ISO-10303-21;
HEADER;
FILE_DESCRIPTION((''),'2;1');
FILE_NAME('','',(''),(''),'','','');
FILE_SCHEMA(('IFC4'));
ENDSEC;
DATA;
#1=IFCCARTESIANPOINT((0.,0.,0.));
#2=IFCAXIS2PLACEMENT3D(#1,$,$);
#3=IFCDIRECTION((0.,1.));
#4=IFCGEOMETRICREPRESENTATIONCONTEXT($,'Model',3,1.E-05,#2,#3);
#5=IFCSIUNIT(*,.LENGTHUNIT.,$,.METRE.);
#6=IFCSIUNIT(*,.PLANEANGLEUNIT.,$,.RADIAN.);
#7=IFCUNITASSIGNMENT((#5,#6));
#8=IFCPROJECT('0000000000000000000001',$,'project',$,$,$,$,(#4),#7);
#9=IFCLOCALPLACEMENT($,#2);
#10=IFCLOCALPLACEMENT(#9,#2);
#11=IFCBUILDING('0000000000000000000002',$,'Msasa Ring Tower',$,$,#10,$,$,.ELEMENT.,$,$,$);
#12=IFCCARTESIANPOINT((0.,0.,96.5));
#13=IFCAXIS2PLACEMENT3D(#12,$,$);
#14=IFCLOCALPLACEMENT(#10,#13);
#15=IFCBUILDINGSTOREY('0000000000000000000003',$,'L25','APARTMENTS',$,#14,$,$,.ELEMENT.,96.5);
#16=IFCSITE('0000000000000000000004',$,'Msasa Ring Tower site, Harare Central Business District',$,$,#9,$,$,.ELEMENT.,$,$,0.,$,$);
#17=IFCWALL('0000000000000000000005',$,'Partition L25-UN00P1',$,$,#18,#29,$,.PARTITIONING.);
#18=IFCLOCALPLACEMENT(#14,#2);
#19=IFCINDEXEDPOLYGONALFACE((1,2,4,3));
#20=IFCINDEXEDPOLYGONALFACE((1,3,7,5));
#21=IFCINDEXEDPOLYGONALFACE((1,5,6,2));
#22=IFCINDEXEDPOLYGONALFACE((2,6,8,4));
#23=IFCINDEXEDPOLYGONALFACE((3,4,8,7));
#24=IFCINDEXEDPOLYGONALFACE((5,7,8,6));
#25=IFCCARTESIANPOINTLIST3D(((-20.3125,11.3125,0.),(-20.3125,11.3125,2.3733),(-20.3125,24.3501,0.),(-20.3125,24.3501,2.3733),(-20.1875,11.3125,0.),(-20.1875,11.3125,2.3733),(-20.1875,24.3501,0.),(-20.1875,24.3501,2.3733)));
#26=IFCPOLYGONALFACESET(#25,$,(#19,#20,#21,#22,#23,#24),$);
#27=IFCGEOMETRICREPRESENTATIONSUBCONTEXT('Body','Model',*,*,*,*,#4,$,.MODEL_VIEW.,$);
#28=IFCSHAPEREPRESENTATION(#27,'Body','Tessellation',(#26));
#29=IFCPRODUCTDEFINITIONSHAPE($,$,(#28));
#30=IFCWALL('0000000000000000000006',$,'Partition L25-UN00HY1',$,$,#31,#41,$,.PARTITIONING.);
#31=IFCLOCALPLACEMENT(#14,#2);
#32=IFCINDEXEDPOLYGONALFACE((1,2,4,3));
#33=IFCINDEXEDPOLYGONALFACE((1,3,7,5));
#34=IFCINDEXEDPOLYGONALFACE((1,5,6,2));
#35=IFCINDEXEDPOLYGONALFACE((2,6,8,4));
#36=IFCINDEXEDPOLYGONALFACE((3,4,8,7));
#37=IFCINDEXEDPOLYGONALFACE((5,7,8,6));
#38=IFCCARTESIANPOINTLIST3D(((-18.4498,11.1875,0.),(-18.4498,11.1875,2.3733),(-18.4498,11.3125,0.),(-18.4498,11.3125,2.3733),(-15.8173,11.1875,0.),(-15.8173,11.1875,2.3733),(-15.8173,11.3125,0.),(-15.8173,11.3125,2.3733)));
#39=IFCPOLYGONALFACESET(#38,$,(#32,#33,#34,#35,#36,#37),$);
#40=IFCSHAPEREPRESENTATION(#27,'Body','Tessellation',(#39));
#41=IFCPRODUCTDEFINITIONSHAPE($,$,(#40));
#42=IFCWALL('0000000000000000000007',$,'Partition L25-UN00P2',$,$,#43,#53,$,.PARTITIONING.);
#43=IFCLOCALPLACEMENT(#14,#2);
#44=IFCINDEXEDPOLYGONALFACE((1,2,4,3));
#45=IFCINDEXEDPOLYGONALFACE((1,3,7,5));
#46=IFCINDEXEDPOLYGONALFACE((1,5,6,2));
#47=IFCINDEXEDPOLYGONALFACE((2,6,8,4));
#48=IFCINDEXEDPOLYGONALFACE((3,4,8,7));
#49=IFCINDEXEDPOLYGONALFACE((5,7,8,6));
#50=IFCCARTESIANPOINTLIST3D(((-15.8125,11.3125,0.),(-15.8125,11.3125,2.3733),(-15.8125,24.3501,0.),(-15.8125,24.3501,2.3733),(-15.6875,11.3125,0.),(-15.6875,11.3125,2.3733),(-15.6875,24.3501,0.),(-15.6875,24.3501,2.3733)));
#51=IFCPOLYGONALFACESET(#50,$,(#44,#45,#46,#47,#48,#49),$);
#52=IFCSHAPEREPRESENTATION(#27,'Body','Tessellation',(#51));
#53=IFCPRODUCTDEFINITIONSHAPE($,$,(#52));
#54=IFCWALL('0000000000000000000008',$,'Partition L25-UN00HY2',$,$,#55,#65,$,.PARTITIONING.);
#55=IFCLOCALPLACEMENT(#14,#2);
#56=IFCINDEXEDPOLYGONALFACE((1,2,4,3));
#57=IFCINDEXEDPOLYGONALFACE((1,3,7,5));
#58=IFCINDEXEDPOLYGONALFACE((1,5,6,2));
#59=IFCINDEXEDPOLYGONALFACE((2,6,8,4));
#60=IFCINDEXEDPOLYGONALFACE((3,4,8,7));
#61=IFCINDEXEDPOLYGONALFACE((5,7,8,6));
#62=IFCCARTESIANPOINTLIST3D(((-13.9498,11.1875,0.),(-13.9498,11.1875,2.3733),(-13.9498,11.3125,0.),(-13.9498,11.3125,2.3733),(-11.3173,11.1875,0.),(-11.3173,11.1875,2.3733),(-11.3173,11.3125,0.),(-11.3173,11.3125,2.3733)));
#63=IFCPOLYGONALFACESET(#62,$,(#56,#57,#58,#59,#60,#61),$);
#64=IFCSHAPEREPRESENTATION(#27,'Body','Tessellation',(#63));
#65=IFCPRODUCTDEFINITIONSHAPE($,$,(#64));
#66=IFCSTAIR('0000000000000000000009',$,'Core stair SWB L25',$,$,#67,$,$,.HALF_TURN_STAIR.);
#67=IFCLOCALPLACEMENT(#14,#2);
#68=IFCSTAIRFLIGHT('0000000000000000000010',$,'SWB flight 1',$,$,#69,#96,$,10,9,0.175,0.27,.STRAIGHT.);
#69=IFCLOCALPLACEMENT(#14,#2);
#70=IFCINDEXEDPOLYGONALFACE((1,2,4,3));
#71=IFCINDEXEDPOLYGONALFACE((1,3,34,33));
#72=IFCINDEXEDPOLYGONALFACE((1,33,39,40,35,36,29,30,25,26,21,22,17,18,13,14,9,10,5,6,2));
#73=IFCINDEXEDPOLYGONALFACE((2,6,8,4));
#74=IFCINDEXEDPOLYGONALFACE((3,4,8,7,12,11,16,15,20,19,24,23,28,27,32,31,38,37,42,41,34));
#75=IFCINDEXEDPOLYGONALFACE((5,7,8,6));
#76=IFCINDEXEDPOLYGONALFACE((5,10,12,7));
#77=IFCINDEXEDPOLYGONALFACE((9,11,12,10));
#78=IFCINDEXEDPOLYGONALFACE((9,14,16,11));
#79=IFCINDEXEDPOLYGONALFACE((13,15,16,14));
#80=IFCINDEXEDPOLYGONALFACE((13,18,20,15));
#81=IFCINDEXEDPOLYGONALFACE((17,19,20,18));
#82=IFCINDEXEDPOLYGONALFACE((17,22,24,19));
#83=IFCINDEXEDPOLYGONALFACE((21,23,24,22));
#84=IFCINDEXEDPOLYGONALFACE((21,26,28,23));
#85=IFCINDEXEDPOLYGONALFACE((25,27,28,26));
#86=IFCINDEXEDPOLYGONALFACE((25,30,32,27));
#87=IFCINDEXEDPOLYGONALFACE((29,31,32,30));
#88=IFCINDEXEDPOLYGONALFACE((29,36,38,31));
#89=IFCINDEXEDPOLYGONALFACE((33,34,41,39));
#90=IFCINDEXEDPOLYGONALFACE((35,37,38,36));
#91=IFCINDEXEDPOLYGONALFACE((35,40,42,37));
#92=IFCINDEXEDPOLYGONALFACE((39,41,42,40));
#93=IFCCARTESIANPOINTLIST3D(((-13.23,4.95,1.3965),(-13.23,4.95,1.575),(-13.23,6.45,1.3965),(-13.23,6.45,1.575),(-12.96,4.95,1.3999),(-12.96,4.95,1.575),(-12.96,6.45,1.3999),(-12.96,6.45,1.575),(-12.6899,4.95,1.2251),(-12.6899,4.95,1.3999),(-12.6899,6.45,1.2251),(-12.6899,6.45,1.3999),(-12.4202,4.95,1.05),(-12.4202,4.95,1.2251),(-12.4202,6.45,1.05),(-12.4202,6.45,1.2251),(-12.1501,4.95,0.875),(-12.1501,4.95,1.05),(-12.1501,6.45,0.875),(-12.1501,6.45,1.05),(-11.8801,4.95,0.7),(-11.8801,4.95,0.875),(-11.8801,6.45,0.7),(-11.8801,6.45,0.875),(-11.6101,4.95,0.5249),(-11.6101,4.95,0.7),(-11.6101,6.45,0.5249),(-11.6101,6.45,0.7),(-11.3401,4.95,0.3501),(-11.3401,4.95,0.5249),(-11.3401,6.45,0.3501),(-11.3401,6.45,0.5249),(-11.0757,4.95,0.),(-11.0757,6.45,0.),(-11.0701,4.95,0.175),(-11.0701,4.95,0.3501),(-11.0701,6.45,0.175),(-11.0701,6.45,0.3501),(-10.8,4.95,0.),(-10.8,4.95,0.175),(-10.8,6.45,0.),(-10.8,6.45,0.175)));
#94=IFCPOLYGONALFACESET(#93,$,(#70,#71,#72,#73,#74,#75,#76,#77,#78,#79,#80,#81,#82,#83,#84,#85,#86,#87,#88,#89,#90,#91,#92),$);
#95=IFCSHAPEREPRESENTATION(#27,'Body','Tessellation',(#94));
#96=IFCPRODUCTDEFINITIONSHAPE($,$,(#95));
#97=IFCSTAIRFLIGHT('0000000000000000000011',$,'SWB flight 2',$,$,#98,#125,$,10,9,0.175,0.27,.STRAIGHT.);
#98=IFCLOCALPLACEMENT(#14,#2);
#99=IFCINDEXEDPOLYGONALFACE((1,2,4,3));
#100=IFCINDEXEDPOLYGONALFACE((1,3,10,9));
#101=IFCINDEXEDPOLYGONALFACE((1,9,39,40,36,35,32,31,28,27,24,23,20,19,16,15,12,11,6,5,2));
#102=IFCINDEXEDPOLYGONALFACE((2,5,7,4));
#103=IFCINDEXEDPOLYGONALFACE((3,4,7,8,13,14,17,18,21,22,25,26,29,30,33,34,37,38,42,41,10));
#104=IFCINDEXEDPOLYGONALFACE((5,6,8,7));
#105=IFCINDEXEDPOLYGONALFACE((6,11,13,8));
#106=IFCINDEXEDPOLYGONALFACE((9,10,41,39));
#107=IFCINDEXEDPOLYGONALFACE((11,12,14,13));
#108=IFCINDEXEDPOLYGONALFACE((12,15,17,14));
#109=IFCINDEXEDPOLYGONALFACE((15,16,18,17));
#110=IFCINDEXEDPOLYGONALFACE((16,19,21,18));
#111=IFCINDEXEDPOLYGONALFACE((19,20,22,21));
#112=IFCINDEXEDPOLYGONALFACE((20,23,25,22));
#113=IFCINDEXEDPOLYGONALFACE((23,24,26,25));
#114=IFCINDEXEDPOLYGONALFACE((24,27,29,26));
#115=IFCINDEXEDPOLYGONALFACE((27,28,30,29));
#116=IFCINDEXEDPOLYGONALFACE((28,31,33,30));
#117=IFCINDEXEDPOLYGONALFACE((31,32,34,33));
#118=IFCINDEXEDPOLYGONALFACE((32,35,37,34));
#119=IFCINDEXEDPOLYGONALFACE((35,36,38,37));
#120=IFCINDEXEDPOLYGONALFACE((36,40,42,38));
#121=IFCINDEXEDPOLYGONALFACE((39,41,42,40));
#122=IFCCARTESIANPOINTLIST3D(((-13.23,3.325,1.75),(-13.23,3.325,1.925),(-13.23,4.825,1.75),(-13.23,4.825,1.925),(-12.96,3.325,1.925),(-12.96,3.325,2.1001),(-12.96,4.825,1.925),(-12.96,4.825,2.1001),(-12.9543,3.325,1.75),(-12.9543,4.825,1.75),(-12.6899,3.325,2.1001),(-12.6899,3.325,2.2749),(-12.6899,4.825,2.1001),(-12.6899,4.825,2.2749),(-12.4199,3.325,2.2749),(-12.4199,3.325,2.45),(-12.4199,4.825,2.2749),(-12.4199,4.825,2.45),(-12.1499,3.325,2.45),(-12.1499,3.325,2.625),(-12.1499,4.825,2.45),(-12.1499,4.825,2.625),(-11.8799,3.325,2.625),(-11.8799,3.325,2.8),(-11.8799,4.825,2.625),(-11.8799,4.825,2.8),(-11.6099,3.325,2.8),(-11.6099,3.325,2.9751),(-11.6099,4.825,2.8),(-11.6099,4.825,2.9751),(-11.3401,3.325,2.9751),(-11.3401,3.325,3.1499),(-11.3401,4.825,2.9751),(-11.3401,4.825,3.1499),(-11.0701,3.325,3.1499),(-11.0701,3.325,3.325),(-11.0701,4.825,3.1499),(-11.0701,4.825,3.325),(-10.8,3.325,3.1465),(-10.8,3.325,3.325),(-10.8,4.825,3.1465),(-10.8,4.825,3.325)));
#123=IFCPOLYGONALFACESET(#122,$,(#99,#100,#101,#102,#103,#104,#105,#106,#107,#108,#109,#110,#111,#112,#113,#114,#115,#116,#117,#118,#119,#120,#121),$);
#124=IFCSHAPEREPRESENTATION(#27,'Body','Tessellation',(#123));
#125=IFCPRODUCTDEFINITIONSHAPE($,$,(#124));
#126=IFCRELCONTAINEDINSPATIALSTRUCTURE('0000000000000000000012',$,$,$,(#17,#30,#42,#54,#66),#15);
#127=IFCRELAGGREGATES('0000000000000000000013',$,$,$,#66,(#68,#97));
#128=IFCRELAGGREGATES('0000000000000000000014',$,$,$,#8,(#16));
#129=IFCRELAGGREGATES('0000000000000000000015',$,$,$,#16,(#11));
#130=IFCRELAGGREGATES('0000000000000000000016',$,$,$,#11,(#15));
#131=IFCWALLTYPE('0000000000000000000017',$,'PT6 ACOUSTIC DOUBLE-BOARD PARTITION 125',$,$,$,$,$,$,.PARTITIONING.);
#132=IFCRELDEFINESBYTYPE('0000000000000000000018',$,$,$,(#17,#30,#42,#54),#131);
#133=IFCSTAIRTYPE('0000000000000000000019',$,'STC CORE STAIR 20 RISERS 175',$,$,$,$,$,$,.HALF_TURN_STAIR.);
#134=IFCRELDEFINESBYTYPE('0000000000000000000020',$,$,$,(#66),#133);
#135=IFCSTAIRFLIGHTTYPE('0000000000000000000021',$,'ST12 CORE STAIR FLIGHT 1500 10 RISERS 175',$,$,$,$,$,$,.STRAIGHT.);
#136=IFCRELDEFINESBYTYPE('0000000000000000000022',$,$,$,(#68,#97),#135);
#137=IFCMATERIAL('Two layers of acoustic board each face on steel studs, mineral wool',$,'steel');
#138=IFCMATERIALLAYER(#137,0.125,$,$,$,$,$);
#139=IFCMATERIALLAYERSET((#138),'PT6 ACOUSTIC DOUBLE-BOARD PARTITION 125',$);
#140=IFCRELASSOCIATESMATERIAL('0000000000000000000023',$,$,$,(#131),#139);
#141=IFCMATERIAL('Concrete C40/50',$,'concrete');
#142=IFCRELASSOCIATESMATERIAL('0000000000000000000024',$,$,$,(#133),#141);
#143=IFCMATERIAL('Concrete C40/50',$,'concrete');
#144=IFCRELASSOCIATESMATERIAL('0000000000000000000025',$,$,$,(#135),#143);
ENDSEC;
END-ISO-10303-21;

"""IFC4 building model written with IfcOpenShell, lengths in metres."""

from ifc_helpers import new_model, si_unit, direction, frame, frame_2d, origin, place, context, subcontext, project, spatial, polyline, rectangle, outline, extrude, material, layer, layer_set, type_object, element, aggregate, save


model = new_model("IFC4")

# Units and contexts
model_context = context("Model", 3, precision=1e-05, world=origin(), true_north=direction((0.0, 1.0)))
body_context = subcontext(model_context, "Body", "Model", "MODEL_VIEW")
ifc_project = project(units=[si_unit("LENGTHUNIT", "METRE"), si_unit("PLANEANGLEUNIT", "RADIAN")], contexts=[model_context])

# Site, building, storey
site_placement = place(None, origin())
site = spatial("IfcSite", under=ifc_project, at=site_placement, Name="Msasa Ring Tower site, Harare Central Business District", CompositionType="ELEMENT", RefElevation=0.0)
building_placement = place(site_placement, origin())
building = spatial("IfcBuilding", under=site, at=building_placement, Name="Msasa Ring Tower", CompositionType="ELEMENT")
storey_placement = place(building_placement, frame((0.0, 0.0, 96.5)))
storey = spatial("IfcBuildingStorey", under=building, at=storey_placement, Name="L25", Description="APARTMENTS", CompositionType="ELEMENT", Elevation=96.5)

# Walls
ifc_material_1 = material(Name="Two layers of acoustic board each face on steel studs, mineral wool", Category="steel")
ifc_layer_1 = layer(ifc_material_1, 0.125)
ifc_layer_set_1 = layer_set([ifc_layer_1], Name="PT6 ACOUSTIC DOUBLE-BOARD PARTITION 125")
wall_type_1 = type_object("IfcWallType", Name="PT6 ACOUSTIC DOUBLE-BOARD PARTITION 125", PredefinedType="PARTITIONING", material=ifc_layer_set_1)
wall_1_placement = place(storey_placement, frame((-20.25, 11.3125, 0.0), z_axis=(0.0, 0.0, 1.0), x_axis=(0.0, 1.0, 0.0)))
element("IfcWall", 1, at=wall_1_placement, inside=storey, type_object=wall_type_1, Name="Partition L25-UN00P1", PredefinedType="PARTITIONING", context=body_context, shape_type="SweptSolid", body=[
    extrude(rectangle(XDim=13.0376, YDim=0.125, at=frame_2d((6.5188, 0.0))), origin(), (0.0, 0.0, 1.0), 2.3733),
])
wall_2_placement = place(storey_placement, frame((-18.45, 11.25, 0.0), z_axis=(0.0, 0.0, 1.0), x_axis=(1.0, 0.0, 0.0)))
element("IfcWall", 2, at=wall_2_placement, inside=storey, type_object=wall_type_1, Name="Partition L25-UN00HY1", PredefinedType="PARTITIONING", context=body_context, shape_type="SweptSolid", body=[
    extrude(rectangle(XDim=2.6326, YDim=0.125, at=frame_2d((1.3164, 0.0))), origin(), (0.0, 0.0, 1.0), 2.3733),
])
wall_3_placement = place(storey_placement, frame((-15.75, 11.3125, 0.0), z_axis=(0.0, 0.0, 1.0), x_axis=(0.0, 1.0, 0.0)))
element("IfcWall", 3, at=wall_3_placement, inside=storey, type_object=wall_type_1, Name="Partition L25-UN00P2", PredefinedType="PARTITIONING", context=body_context, shape_type="SweptSolid", body=[
    extrude(rectangle(XDim=13.0376, YDim=0.125, at=frame_2d((6.5188, 0.0))), origin(), (0.0, 0.0, 1.0), 2.3733),
])
wall_4_placement = place(storey_placement, frame((-13.95, 11.25, 0.0), z_axis=(0.0, 0.0, 1.0), x_axis=(1.0, 0.0, 0.0)))
element("IfcWall", 4, at=wall_4_placement, inside=storey, type_object=wall_type_1, Name="Partition L25-UN00HY2", PredefinedType="PARTITIONING", context=body_context, shape_type="SweptSolid", body=[
    extrude(rectangle(XDim=2.6326, YDim=0.125, at=frame_2d((1.3164, 0.0))), origin(), (0.0, 0.0, 1.0), 2.3733),
])

# Stair, stair flights
ifc_material_2 = material(Name="Concrete C40/50", Category="concrete")
stair_type = type_object("IfcStairType", Name="STC CORE STAIR 20 RISERS 175", PredefinedType="HALF_TURN_STAIR", material=ifc_material_2)
stair_placement = place(storey_placement, origin())
stair = element("IfcStair", 5, at=stair_placement, inside=storey, type_object=stair_type, Name="Core stair SWB L25", PredefinedType="HALF_TURN_STAIR")
ifc_material_3 = material(Name="Concrete C40/50", Category="concrete")
stair_flight_type = type_object("IfcStairFlightType", Name="ST12 CORE STAIR FLIGHT 1500 10 RISERS 175", PredefinedType="STRAIGHT", material=ifc_material_3)
stair_flight_1_placement = place(storey_placement, frame((-10.8, 5.7, 0.0), z_axis=(0.0, 0.0, 1.0), x_axis=(-1.0, 0.0, 0.0)))
stair_flight_1 = element("IfcStairFlight", 6, at=stair_flight_1_placement, type_object=stair_flight_type, Name="SWB flight 1", NumberOfRisers=10, NumberOfTreads=9, PredefinedType="STRAIGHT", RiserHeight=0.175, TreadLength=0.27, context=body_context, shape_type="SweptSolid", body=[
    extrude(outline(polyline([(0.0, 0.0), (0.0, 0.175), (0.27, 0.175), (0.27, 0.3501), (0.54, 0.3501), (0.54, 0.5249), (0.8101, 0.5249), (0.8101, 0.7), (1.0801, 0.7), (1.0801, 0.875), (1.3501, 0.875), (1.3501, 1.05), (1.6201, 1.05), (1.6201, 1.2251), (1.8899, 1.2251), (1.8899, 1.3999), (2.1599, 1.3999), (2.1599, 1.575), (2.4299, 1.575), (2.4299, 1.75), (2.4299, 1.3965), (0.2756, 0.0), (0.0, 0.0)])), frame((0.0, 0.75, 0.0), z_axis=(0.0, -1.0, 0.0), x_axis=(1.0, 0.0, 0.0)), (0.0, 0.0, 1.0), 1.5),
])
stair_flight_2_placement = place(storey_placement, frame((-13.23, 4.075, 1.75), z_axis=(0.0, 0.0, 1.0), x_axis=(1.0, 0.0, 0.0)))
stair_flight_2 = element("IfcStairFlight", 7, at=stair_flight_2_placement, type_object=stair_flight_type, Name="SWB flight 2", NumberOfRisers=10, NumberOfTreads=9, PredefinedType="STRAIGHT", RiserHeight=0.175, TreadLength=0.27, context=body_context, shape_type="SweptSolid", body=[
    extrude(outline(polyline([(0.0, 0.0), (0.0, 0.175), (0.27, 0.175), (0.27, 0.3501), (0.54, 0.3501), (0.54, 0.5249), (0.8101, 0.5249), (0.8101, 0.7), (1.0801, 0.7), (1.0801, 0.875), (1.3501, 0.875), (1.3501, 1.05), (1.6201, 1.05), (1.6201, 1.2251), (1.8899, 1.2251), (1.8899, 1.3999), (2.1599, 1.3999), (2.1599, 1.575), (2.4299, 1.575), (2.4299, 1.75), (2.4299, 1.3965), (0.2756, 0.0), (0.0, 0.0)])), frame((0.0, 0.75, 0.0), z_axis=(0.0, -1.0, 0.0), x_axis=(1.0, 0.0, 0.0)), (0.0, 0.0, 1.0), 1.5),
])
aggregate(stair, [stair_flight_1, stair_flight_2])

save(model, "model.ifc")
